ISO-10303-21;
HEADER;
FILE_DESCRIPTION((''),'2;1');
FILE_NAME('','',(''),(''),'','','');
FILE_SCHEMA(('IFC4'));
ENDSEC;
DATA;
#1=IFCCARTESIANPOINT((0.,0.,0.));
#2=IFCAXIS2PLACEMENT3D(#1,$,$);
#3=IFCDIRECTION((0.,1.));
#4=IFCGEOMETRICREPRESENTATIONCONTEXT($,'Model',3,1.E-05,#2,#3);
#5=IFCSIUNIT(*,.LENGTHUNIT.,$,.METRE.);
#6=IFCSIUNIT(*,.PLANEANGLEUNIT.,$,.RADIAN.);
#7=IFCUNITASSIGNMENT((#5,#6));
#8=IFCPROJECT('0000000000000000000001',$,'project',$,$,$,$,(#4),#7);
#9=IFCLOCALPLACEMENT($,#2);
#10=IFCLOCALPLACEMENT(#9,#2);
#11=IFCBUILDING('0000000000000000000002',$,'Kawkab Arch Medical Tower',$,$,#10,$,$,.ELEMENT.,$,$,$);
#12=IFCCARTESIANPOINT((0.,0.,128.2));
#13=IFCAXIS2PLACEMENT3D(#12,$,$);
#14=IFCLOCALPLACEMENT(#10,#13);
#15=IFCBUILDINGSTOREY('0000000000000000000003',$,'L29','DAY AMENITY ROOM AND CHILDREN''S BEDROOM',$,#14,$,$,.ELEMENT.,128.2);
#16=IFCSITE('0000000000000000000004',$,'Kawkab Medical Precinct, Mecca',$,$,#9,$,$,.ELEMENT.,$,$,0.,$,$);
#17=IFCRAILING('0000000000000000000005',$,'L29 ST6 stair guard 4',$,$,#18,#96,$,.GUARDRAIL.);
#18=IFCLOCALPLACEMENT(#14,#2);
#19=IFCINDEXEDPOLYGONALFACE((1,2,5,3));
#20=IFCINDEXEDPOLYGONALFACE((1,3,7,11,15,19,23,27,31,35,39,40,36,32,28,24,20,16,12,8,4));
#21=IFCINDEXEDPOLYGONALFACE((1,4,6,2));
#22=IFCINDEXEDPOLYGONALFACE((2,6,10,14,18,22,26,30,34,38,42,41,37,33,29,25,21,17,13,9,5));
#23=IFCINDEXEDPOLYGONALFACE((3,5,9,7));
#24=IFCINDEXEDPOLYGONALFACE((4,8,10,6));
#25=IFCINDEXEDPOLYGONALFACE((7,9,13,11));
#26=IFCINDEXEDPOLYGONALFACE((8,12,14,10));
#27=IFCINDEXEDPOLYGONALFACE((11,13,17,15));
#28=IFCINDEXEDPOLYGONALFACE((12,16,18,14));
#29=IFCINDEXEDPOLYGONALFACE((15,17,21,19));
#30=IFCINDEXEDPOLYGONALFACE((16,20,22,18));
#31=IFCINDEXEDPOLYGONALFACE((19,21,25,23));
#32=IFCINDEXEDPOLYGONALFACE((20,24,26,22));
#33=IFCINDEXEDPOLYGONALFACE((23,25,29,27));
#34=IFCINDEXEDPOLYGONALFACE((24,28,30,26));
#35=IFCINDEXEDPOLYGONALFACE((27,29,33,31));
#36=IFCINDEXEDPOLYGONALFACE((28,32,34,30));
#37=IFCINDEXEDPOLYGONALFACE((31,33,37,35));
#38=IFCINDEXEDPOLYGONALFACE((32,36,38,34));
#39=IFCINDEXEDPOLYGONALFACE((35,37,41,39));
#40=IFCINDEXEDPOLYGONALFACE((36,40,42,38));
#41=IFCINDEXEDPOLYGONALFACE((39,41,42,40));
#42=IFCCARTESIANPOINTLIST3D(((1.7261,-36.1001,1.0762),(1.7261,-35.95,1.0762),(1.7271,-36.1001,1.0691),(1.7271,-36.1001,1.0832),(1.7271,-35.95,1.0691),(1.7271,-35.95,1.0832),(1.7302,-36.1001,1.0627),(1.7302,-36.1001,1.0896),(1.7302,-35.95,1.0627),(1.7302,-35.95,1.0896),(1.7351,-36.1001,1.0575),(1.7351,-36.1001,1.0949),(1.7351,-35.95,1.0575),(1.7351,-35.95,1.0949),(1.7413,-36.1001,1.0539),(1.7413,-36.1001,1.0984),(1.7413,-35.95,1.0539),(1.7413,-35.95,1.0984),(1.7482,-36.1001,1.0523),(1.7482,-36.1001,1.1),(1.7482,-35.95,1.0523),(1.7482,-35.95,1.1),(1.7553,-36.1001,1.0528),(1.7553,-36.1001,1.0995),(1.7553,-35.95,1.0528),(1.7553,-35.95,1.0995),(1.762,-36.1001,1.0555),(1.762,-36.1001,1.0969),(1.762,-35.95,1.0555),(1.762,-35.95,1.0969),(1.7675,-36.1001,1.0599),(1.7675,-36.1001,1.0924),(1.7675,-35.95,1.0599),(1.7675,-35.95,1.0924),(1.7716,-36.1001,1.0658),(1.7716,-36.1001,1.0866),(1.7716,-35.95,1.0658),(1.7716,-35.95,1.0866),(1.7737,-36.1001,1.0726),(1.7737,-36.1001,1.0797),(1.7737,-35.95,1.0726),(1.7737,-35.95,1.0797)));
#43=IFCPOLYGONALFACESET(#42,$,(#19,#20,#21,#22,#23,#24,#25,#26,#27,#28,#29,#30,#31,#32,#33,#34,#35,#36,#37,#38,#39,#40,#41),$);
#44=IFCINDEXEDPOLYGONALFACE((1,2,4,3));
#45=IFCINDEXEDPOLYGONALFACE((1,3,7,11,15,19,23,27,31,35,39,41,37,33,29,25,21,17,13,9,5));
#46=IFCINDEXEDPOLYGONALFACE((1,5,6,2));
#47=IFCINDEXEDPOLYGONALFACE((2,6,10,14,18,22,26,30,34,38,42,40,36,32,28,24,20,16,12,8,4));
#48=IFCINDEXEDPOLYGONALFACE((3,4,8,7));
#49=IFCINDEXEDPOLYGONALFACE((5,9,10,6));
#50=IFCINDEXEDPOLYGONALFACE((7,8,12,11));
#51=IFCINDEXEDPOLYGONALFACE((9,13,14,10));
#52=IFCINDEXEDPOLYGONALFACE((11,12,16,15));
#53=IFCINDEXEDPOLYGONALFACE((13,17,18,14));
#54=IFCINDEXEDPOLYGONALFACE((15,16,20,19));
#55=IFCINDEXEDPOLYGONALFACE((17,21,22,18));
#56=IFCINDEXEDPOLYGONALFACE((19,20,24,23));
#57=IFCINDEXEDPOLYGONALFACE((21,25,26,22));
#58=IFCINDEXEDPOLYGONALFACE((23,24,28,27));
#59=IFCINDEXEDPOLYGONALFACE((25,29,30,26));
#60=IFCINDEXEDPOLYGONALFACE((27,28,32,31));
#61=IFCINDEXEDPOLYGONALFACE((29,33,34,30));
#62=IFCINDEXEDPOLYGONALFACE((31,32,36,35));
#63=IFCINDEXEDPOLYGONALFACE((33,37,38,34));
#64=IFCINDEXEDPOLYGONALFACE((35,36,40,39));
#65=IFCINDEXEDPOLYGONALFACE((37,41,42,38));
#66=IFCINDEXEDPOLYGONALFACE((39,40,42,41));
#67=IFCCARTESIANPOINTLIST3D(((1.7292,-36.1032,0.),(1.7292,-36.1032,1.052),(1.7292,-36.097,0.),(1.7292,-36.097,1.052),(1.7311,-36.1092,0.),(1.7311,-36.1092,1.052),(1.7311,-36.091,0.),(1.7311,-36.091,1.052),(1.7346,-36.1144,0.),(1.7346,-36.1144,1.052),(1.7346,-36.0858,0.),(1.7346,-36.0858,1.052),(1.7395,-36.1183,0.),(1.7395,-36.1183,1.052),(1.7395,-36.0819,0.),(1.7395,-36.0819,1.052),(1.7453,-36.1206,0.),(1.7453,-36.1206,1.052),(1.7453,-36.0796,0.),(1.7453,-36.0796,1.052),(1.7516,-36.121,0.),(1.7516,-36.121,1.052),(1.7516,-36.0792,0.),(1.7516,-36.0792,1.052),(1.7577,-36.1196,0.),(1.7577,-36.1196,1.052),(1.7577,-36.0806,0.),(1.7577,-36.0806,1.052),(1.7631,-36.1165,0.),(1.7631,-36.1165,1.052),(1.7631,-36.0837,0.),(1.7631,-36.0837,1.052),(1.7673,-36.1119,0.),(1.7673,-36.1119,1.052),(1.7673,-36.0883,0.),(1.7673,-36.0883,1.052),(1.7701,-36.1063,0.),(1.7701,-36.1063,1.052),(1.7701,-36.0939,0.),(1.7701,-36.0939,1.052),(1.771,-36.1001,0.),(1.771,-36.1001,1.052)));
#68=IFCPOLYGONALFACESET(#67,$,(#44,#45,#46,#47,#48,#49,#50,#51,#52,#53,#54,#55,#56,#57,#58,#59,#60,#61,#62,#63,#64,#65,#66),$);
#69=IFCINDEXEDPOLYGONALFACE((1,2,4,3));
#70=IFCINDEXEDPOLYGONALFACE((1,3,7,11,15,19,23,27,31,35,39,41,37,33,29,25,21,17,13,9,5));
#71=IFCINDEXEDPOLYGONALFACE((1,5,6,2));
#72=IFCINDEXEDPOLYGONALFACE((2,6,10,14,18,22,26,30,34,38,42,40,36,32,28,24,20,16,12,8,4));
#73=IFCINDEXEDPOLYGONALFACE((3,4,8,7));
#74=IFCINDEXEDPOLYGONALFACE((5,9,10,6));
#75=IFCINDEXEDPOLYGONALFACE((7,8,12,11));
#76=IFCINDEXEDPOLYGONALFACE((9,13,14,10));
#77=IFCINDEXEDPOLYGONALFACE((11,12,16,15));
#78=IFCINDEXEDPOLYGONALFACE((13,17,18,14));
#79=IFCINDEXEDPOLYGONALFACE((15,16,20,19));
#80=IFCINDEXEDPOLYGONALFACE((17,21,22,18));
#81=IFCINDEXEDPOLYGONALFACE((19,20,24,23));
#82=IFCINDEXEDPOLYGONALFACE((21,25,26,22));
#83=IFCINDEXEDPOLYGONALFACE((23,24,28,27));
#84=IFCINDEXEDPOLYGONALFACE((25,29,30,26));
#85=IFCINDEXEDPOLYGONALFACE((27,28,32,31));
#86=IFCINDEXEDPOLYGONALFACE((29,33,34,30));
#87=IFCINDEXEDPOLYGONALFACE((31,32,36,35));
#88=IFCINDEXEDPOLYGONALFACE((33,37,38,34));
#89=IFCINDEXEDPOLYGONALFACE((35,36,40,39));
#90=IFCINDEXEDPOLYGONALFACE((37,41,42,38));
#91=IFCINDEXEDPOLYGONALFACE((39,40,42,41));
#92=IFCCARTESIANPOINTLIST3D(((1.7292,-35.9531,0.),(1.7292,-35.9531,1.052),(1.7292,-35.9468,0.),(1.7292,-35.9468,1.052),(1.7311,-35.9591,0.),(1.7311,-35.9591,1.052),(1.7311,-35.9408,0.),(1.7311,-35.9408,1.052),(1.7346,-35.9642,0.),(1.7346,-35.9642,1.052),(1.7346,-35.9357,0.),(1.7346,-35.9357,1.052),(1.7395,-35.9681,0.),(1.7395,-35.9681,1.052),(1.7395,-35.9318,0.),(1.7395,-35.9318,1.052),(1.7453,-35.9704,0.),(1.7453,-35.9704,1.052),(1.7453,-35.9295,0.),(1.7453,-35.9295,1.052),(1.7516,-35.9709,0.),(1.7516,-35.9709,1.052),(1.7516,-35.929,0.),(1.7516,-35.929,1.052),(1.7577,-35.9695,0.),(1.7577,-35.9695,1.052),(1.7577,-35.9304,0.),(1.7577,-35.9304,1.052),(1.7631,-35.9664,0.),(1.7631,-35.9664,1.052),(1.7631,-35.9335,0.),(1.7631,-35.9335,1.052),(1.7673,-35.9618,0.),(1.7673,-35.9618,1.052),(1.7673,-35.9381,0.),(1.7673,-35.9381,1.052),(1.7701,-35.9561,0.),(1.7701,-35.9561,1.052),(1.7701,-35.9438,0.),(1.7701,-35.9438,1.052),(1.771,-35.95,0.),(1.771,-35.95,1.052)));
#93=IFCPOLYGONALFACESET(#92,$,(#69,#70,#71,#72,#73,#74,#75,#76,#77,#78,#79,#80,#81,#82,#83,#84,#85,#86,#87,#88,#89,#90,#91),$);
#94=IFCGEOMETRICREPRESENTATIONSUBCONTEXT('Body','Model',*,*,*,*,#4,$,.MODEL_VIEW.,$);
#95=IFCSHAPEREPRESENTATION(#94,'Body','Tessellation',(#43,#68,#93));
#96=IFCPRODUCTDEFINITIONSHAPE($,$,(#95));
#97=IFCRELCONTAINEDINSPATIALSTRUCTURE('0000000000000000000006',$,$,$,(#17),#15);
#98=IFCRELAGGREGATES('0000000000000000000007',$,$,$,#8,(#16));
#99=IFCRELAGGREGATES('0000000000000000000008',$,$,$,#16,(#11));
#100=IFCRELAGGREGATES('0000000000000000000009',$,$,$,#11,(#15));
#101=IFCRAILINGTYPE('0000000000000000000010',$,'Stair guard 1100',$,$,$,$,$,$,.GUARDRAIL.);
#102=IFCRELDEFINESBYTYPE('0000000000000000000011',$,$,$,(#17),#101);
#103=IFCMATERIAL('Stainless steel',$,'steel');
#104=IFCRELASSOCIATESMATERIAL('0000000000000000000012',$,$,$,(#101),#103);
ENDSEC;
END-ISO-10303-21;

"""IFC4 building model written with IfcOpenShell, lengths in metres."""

from ifc_helpers import new_model, si_unit, direction, frame, origin, origin_2d, place, context, subcontext, project, spatial, circle, extrude, material, type_object, element, save


model = new_model("IFC4")

# Units and contexts
model_context = context("Model", 3, precision=1e-05, world=origin(), true_north=direction((0.0, 1.0)))
body_context = subcontext(model_context, "Body", "Model", "MODEL_VIEW")
ifc_project = project(units=[si_unit("LENGTHUNIT", "METRE"), si_unit("PLANEANGLEUNIT", "RADIAN")], contexts=[model_context])

# Site, building, storey
site_placement = place(None, origin())
site = spatial("IfcSite", under=ifc_project, at=site_placement, Name="Kawkab Medical Precinct, Mecca", CompositionType="ELEMENT", RefElevation=0.0)
building_placement = place(site_placement, origin())
building = spatial("IfcBuilding", under=site, at=building_placement, Name="Kawkab Arch Medical Tower", CompositionType="ELEMENT")
storey_placement = place(building_placement, frame((0.0, 0.0, 128.2)))
storey = spatial("IfcBuildingStorey", under=building, at=storey_placement, Name="L29", Description="DAY AMENITY ROOM AND CHILDREN'S BEDROOM", CompositionType="ELEMENT", Elevation=128.2)

# Railing
ifc_material_1 = material(Name="Stainless steel", Category="steel")
railing_type = type_object("IfcRailingType", Name="Stair guard 1100", PredefinedType="GUARDRAIL", material=ifc_material_1)
railing_1_placement = place(storey_placement, frame((1.75, -36.1001, 0.0)))
element("IfcRailing", 1, at=railing_1_placement, inside=storey, type_object=railing_type, Name="L29 ST6 stair guard 4", PredefinedType="GUARDRAIL", context=body_context, shape_type="SweptSolid", body=[
    extrude(circle(Radius=0.0239, at=origin_2d()), frame((0.0, 0.0, 1.0762), z_axis=(0.0, 1.0, 0.0), x_axis=(-1.0, 0.0, 0.0)), (0.0, 0.0, 1.0), 0.1501),
    extrude(circle(Radius=0.021, at=origin_2d()), origin(), (0.0, 0.0, 1.0), 1.052),
    extrude(circle(Radius=0.021, at=origin_2d()), frame((0.0, 0.1501, 0.0)), (0.0, 0.0, 1.0), 1.052),
])

save(model, "model.ifc")
